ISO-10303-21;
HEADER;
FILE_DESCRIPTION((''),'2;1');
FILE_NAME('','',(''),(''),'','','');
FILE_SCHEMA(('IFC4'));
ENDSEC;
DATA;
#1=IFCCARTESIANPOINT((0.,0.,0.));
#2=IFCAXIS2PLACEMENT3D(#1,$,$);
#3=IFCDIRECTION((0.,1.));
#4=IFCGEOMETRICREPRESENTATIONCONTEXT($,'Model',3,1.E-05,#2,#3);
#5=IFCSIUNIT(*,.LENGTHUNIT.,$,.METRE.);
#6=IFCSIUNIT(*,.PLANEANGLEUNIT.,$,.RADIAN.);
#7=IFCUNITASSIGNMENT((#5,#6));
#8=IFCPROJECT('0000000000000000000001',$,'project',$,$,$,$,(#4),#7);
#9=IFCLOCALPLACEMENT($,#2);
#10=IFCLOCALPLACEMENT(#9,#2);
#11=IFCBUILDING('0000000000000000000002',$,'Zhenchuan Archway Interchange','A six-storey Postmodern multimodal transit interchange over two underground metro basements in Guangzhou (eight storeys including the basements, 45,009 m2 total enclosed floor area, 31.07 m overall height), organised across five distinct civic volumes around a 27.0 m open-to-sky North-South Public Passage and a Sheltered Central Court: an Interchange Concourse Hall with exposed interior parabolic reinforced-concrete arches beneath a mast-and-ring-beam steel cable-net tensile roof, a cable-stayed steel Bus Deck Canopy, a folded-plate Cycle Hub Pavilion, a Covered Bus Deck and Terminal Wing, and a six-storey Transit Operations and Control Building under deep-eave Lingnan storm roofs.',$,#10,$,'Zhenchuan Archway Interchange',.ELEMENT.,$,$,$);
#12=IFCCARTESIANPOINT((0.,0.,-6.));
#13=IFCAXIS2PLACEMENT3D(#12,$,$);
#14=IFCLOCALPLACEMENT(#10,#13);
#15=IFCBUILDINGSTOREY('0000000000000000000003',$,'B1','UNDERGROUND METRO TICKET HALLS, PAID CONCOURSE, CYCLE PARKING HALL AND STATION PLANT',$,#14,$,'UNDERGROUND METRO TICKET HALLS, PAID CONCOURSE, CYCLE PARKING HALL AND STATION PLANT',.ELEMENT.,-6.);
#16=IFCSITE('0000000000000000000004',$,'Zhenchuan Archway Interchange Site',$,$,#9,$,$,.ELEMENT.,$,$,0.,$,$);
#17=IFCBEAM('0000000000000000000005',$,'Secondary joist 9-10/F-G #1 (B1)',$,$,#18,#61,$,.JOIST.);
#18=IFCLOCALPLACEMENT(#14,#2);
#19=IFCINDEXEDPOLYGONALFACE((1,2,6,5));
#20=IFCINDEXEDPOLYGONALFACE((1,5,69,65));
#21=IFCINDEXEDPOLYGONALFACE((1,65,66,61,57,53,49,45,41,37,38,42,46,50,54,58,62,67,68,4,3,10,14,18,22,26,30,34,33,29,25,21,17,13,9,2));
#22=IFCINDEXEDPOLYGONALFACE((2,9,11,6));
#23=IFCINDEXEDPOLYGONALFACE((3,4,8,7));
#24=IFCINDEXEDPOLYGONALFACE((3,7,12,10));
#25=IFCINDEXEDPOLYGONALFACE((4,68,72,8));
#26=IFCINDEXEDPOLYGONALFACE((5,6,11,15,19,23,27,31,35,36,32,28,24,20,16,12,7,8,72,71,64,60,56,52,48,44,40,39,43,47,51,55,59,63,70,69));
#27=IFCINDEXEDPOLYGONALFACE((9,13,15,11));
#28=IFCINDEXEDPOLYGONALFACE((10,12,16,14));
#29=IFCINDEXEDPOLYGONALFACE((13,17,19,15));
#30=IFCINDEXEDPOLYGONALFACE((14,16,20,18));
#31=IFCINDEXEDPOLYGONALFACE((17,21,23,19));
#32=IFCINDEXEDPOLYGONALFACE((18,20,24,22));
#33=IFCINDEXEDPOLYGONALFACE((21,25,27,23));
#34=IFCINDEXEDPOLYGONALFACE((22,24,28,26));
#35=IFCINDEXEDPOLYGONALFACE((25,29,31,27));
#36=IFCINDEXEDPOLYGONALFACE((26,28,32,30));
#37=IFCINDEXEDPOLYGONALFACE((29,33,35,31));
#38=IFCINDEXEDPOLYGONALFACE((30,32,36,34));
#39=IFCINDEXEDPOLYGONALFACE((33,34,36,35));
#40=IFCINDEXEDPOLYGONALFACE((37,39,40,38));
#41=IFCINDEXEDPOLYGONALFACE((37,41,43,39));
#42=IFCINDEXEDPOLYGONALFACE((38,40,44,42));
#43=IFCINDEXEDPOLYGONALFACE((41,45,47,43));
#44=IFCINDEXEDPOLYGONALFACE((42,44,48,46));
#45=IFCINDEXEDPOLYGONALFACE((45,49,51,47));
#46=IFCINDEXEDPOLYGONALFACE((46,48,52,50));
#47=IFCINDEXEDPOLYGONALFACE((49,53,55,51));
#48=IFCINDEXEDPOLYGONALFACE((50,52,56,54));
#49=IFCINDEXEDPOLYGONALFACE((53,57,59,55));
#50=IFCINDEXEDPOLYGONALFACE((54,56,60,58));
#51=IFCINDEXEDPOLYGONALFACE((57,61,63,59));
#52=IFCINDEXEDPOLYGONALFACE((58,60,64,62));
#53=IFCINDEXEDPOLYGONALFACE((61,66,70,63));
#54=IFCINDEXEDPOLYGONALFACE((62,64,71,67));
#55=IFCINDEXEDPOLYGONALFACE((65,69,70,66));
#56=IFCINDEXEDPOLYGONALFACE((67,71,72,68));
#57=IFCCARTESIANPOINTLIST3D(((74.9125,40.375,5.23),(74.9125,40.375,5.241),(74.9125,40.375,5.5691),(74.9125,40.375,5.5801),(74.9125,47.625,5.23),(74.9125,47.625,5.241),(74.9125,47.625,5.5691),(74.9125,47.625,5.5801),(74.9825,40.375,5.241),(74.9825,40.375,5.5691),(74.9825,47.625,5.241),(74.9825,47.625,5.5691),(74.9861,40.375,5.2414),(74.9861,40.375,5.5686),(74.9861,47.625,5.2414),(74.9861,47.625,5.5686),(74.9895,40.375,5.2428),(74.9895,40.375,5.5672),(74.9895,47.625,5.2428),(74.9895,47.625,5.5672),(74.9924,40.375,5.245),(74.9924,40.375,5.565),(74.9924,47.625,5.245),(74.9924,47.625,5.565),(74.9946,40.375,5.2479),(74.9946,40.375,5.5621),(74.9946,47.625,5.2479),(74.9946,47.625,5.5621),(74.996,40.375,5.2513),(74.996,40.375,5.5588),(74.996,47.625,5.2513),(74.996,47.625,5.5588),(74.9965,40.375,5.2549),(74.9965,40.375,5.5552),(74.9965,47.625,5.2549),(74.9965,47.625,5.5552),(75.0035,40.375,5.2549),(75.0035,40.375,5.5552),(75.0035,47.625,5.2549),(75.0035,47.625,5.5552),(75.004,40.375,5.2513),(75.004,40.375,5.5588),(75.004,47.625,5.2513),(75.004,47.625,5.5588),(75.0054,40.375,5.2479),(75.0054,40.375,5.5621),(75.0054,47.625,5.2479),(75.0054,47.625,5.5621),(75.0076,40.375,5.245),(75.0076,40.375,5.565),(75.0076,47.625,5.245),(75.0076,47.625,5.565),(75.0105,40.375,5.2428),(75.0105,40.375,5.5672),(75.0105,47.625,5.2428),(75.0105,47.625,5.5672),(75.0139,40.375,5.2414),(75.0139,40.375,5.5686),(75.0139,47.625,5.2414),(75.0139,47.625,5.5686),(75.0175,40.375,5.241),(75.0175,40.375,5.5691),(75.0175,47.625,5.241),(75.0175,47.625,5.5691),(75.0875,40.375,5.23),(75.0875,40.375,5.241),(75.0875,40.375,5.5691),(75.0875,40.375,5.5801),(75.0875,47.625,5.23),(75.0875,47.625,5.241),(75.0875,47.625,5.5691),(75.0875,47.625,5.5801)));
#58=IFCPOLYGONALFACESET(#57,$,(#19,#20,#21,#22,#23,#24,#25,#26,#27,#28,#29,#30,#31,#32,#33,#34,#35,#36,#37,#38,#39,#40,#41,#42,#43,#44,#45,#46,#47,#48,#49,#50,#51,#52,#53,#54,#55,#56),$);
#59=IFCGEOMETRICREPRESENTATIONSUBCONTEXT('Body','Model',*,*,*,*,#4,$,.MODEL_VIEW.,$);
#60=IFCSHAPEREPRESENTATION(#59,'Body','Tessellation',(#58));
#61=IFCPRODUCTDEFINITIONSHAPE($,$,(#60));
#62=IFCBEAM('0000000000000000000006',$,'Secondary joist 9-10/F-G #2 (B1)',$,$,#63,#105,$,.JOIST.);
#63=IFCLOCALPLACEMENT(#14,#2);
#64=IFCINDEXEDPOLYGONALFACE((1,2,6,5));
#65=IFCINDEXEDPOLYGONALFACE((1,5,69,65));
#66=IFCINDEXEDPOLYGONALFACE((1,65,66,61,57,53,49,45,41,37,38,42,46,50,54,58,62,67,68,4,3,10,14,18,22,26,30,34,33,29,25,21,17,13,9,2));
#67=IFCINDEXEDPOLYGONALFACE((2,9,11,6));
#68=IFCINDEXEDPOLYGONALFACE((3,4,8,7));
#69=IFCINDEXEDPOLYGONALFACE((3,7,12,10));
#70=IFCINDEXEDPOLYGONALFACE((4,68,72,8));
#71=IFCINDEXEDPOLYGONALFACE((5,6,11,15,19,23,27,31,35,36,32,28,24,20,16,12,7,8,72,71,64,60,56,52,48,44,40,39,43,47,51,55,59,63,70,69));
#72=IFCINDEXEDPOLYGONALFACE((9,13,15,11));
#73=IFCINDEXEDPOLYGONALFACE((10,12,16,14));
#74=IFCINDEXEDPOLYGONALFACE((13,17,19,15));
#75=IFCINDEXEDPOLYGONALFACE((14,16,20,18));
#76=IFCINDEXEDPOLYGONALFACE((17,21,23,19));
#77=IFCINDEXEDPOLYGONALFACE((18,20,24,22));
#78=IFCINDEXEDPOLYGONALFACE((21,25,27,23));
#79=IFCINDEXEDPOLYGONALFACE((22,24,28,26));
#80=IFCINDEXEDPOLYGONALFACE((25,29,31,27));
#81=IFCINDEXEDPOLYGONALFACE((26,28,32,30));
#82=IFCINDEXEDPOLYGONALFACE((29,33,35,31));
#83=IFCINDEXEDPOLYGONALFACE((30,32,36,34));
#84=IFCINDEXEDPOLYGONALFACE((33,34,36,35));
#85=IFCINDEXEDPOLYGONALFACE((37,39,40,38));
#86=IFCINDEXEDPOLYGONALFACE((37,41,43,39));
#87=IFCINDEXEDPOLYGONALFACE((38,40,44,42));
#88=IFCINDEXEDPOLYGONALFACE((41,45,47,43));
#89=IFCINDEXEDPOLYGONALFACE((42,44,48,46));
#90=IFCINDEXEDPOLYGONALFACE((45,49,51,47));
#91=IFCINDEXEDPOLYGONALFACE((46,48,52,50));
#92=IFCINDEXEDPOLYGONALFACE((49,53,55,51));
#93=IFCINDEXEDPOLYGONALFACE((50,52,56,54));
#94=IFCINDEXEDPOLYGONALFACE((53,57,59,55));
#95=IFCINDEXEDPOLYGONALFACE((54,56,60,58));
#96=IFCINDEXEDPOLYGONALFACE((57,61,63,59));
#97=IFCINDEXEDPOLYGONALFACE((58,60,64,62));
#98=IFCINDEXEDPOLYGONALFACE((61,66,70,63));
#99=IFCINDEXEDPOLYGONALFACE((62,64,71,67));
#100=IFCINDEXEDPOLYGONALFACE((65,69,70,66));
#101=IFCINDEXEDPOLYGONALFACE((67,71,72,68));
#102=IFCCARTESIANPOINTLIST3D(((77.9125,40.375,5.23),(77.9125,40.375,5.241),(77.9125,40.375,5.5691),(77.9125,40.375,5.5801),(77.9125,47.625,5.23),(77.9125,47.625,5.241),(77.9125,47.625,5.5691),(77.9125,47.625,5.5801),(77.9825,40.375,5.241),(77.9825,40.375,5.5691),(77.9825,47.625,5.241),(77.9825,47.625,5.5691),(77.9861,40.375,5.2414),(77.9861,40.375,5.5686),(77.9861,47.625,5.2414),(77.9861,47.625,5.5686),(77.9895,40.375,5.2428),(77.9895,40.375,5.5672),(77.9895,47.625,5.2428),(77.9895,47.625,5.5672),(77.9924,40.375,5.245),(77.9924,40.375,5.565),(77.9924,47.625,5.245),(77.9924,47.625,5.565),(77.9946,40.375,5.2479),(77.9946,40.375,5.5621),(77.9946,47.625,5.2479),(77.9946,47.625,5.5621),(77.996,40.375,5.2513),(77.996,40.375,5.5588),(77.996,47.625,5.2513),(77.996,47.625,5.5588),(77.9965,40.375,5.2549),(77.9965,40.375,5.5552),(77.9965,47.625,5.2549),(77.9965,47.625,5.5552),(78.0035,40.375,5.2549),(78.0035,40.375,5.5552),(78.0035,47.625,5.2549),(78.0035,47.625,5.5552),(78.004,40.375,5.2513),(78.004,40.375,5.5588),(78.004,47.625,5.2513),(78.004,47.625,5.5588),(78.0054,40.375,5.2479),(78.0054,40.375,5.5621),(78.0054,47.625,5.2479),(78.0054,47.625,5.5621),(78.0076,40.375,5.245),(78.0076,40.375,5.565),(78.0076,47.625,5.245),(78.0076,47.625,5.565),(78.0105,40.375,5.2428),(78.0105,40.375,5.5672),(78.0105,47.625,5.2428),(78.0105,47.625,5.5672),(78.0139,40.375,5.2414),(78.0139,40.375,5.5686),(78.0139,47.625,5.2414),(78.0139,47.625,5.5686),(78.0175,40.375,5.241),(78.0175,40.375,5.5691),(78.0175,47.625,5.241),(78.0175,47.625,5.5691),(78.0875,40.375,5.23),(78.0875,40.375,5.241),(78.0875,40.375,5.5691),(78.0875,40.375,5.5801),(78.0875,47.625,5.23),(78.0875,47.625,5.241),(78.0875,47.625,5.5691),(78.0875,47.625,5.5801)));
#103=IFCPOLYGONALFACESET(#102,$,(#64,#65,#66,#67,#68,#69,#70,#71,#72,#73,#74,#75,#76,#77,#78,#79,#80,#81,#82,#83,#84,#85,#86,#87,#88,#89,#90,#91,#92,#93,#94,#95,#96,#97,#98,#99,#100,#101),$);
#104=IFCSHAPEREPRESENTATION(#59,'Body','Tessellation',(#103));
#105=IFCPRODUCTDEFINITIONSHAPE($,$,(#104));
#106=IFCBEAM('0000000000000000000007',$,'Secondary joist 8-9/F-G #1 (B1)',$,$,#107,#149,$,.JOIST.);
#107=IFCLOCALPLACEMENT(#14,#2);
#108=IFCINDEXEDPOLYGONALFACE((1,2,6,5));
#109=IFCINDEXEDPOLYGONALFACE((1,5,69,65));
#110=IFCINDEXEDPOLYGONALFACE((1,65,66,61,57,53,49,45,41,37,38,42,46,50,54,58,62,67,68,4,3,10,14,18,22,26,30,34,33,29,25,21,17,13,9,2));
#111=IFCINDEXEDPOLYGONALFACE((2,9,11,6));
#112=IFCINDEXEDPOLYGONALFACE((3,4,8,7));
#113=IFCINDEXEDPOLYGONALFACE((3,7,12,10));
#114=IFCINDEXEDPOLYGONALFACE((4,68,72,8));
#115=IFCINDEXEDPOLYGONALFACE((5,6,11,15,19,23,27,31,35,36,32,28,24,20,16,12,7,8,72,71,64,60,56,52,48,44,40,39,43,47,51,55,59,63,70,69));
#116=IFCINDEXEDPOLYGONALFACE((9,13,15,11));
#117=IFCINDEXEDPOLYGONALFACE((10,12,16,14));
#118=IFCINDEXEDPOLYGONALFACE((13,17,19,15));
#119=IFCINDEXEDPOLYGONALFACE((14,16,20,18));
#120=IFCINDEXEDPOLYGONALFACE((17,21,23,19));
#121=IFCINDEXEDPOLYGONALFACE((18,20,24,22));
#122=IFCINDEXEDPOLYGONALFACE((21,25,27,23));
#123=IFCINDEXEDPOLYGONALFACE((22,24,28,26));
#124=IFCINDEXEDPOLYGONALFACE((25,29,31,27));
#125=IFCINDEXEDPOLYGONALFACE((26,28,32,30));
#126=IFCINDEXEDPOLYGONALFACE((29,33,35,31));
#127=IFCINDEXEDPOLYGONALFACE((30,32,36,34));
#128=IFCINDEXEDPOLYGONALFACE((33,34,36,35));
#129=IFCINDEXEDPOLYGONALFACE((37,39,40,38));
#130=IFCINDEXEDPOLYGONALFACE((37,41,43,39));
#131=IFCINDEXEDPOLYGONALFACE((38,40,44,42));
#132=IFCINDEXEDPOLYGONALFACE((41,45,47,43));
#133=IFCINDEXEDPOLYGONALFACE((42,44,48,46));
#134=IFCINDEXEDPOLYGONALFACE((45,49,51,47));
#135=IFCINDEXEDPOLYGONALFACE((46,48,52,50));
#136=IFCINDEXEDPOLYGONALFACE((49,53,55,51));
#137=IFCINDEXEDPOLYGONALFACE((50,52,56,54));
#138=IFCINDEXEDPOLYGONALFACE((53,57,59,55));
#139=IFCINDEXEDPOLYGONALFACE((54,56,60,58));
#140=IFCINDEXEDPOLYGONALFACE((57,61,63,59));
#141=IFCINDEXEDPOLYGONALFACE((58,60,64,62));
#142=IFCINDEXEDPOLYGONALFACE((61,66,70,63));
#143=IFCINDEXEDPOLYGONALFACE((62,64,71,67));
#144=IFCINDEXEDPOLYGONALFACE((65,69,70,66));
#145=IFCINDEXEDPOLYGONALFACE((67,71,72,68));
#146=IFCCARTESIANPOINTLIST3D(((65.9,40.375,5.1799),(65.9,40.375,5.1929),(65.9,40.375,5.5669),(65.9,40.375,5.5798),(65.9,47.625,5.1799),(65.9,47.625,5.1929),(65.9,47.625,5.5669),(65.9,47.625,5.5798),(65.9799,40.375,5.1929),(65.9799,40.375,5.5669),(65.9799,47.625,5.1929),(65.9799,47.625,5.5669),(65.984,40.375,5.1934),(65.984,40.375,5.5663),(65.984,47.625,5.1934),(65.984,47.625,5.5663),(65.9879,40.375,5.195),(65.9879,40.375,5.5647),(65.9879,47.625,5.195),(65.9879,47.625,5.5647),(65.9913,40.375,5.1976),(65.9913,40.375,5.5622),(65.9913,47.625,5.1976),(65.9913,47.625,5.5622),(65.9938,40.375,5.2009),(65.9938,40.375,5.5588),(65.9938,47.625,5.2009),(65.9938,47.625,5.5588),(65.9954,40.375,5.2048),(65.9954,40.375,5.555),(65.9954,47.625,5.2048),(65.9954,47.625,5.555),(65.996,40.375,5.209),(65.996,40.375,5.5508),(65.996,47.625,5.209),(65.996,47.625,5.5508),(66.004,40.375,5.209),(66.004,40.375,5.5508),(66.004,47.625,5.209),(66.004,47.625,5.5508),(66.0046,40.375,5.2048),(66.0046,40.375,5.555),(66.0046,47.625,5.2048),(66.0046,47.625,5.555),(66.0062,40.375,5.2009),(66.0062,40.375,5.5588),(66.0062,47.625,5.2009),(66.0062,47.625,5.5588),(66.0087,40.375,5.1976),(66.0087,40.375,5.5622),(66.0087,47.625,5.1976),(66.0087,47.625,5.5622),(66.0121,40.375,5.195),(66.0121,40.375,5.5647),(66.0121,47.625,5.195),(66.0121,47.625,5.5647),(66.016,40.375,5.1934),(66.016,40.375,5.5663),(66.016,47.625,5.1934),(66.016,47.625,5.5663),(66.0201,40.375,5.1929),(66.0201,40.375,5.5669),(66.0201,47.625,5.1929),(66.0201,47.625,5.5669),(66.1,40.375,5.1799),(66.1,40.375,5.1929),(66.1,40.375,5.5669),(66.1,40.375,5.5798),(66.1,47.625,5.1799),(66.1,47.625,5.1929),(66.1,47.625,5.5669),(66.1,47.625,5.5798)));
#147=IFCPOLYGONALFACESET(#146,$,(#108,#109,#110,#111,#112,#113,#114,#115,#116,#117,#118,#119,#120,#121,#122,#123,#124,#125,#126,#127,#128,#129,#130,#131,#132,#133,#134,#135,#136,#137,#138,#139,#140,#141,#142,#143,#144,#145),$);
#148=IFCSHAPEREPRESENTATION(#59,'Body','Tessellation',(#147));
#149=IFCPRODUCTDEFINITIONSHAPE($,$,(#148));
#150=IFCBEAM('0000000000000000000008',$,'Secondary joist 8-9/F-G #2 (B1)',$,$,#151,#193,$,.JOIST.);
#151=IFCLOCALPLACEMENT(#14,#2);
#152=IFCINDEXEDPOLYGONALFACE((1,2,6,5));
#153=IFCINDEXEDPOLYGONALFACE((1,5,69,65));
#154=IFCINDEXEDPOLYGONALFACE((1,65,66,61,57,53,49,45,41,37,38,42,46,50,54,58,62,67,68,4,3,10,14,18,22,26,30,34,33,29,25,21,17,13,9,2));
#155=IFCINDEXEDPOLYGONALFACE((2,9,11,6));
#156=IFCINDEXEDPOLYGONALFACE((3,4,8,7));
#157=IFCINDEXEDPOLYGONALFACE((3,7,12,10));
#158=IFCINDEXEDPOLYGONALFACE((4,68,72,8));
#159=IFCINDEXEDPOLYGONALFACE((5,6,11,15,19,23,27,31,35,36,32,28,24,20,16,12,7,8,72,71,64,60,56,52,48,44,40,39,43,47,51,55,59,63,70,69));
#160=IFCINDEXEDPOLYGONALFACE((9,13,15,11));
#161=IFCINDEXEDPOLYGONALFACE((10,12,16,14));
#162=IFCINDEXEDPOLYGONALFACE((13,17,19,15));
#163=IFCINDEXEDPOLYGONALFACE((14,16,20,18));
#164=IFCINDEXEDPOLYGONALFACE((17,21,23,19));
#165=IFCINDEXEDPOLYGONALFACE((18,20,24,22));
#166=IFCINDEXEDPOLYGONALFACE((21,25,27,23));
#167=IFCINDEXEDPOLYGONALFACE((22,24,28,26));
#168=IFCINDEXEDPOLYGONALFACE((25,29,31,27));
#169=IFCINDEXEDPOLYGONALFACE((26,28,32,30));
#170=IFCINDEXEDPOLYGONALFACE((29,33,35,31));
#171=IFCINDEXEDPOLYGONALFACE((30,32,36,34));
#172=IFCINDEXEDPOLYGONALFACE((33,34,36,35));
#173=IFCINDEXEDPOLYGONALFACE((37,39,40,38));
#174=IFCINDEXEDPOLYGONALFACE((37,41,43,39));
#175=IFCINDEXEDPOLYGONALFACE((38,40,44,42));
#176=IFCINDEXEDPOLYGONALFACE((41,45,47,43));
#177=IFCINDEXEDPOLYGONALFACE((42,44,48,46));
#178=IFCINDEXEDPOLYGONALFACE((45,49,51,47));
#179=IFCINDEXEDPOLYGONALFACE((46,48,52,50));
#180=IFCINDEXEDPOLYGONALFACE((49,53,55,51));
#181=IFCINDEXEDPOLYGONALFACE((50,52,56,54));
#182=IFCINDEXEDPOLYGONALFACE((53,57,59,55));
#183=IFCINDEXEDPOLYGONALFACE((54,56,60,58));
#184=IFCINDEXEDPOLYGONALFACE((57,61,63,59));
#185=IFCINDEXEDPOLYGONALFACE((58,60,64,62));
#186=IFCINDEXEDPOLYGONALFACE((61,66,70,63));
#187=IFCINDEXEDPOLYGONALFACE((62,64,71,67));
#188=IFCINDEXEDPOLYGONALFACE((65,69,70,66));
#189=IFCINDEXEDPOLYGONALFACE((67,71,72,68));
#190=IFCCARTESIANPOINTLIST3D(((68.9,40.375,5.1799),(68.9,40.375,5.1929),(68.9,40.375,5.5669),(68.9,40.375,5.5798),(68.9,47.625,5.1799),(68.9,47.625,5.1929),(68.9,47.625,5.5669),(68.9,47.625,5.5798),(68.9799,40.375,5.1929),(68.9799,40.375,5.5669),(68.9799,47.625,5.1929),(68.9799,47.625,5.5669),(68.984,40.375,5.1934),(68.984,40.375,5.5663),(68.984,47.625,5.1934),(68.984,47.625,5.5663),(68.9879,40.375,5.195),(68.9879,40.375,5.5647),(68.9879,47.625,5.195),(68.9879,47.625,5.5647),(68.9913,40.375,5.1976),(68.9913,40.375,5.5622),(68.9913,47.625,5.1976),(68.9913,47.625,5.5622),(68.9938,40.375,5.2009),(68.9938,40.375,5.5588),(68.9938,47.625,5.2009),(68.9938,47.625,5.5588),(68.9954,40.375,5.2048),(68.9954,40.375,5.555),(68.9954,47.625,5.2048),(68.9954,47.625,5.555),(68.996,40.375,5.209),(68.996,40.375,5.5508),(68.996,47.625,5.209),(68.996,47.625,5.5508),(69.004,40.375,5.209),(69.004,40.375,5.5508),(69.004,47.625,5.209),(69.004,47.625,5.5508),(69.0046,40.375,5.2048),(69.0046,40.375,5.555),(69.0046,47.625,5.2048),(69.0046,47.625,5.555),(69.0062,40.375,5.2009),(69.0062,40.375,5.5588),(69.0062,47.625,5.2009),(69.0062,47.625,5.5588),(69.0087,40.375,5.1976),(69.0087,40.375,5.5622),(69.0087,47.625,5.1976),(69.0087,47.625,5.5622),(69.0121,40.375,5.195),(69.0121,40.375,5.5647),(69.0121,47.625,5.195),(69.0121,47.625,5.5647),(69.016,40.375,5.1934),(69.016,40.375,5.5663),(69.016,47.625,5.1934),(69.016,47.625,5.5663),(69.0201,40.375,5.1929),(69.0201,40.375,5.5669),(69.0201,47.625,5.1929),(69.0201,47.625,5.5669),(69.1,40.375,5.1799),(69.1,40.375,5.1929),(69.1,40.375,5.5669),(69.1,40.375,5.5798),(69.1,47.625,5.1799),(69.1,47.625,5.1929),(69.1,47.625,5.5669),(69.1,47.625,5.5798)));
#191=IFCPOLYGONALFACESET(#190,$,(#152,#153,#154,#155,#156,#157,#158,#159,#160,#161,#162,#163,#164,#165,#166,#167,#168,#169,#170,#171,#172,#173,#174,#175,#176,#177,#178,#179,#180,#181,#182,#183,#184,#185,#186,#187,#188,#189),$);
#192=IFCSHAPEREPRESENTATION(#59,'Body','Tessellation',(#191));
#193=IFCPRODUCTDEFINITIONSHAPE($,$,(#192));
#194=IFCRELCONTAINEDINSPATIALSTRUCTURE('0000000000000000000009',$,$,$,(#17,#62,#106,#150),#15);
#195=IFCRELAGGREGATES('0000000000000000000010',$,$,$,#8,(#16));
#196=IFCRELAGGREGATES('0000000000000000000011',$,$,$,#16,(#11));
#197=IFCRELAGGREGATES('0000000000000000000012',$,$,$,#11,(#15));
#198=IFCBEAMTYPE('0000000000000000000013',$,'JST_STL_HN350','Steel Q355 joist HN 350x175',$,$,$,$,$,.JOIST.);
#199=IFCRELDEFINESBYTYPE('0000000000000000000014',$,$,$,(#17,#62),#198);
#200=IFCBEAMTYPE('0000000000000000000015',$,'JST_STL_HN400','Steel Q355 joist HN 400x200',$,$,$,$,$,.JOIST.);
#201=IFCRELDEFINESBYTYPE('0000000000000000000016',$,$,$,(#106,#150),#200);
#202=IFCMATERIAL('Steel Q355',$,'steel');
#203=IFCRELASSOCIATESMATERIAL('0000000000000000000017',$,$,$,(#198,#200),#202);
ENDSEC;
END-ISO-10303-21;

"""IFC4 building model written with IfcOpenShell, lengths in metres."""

from ifc_helpers import new_model, si_unit, direction, frame, origin, origin_2d, place, context, subcontext, project, spatial, i_section, extrude, material, material_profile, profile_set, type_object, element, save


model = new_model("IFC4")

# Units and contexts
model_context = context("Model", 3, precision=1e-05, world=origin(), true_north=direction((0.0, 1.0)))
body_context = subcontext(model_context, "Body", "Model", "MODEL_VIEW")
ifc_project = project(units=[si_unit("LENGTHUNIT", "METRE"), si_unit("PLANEANGLEUNIT", "RADIAN")], contexts=[model_context])

# Site, building, storey
site_placement = place(None, origin())
site = spatial("IfcSite", under=ifc_project, at=site_placement, Name="Zhenchuan Archway Interchange Site", CompositionType="ELEMENT", RefElevation=0.0)
building_placement = place(site_placement, origin())
building = spatial("IfcBuilding", under=site, at=building_placement, Name="Zhenchuan Archway Interchange", Description="A six-storey Postmodern multimodal transit interchange over two underground metro basements in Guangzhou (eight storeys including the basements, 45,009 m2 total enclosed floor area, 31.07 m overall height), organised across five distinct civic volumes around a 27.0 m open-to-sky North-South Public Passage and a Sheltered Central Court: an Interchange Concourse Hall with exposed interior parabolic reinforced-concrete arches beneath a mast-and-ring-beam steel cable-net tensile roof, a cable-stayed steel Bus Deck Canopy, a folded-plate Cycle Hub Pavilion, a Covered Bus Deck and Terminal Wing, and a six-storey Transit Operations and Control Building under deep-eave Lingnan storm roofs.", LongName="Zhenchuan Archway Interchange", CompositionType="ELEMENT")
storey_placement = place(building_placement, frame((0.0, 0.0, -6.0)))
storey = spatial("IfcBuildingStorey", under=building, at=storey_placement, Name="B1", Description="UNDERGROUND METRO TICKET HALLS, PAID CONCOURSE, CYCLE PARKING HALL AND STATION PLANT", LongName="UNDERGROUND METRO TICKET HALLS, PAID CONCOURSE, CYCLE PARKING HALL AND STATION PLANT", CompositionType="ELEMENT", Elevation=-6.0)

# Beams
ifc_material_1 = material(Name="Steel Q355", Category="steel")
ifc_material_profile_1 = material_profile(ifc_material_1, i_section(OverallWidth=0.175, OverallDepth=0.3501, WebThickness=0.0071, FlangeThickness=0.011, FilletRadius=0.0139, at=origin_2d()), Name="HN 350x175")
ifc_profile_set_1 = profile_set([ifc_material_profile_1], Name="Steel Q355")
beam_type_1 = type_object("IfcBeamType", Name="JST_STL_HN350", Description="Steel Q355 joist HN 350x175", PredefinedType="JOIST", material=ifc_profile_set_1)
for number, where, z_axis, x_axis, name in (
    (1, (75.0, 40.375, 5.405), (0.0, 1.0, 0.0), (-1.0, 0.0, 0.0), "Secondary joist 9-10/F-G #1 (B1)"),
    (2, (78.0, 40.375, 5.405), (0.0, 1.0, 0.0), (-1.0, 0.0, 0.0), "Secondary joist 9-10/F-G #2 (B1)"),
):
    element("IfcBeam", number, at=place(storey_placement, frame(where, z_axis=z_axis, x_axis=x_axis)), inside=storey, type_object=beam_type_1, Name=name, PredefinedType="JOIST", context=body_context, shape_type="SweptSolid", body=[
        extrude(i_section(OverallWidth=0.175, OverallDepth=0.3501, WebThickness=0.0071, FlangeThickness=0.011, FilletRadius=0.0139, at=origin_2d()), origin(), (0.0, 0.0, 1.0), 7.25),
    ])
ifc_material_profile_2 = material_profile(ifc_material_1, i_section(OverallWidth=0.2, OverallDepth=0.3999, WebThickness=0.0081, FlangeThickness=0.0129, FilletRadius=0.0161, at=origin_2d()), Name="HN 400x200")
ifc_profile_set_2 = profile_set([ifc_material_profile_2], Name="Steel Q355")
beam_type_2 = type_object("IfcBeamType", Name="JST_STL_HN400", Description="Steel Q355 joist HN 400x200", PredefinedType="JOIST", material=ifc_profile_set_2)
for number, where, z_axis, x_axis, name in (
    (3, (66.0, 40.375, 5.3799), (0.0, 1.0, 0.0), (-1.0, 0.0, 0.0), "Secondary joist 8-9/F-G #1 (B1)"),
    (4, (69.0, 40.375, 5.3799), (0.0, 1.0, 0.0), (-1.0, 0.0, 0.0), "Secondary joist 8-9/F-G #2 (B1)"),
):
    element("IfcBeam", number, at=place(storey_placement, frame(where, z_axis=z_axis, x_axis=x_axis)), inside=storey, type_object=beam_type_2, Name=name, PredefinedType="JOIST", context=body_context, shape_type="SweptSolid", body=[
        extrude(i_section(OverallWidth=0.2, OverallDepth=0.3999, WebThickness=0.0081, FlangeThickness=0.0129, FilletRadius=0.0161, at=origin_2d()), origin(), (0.0, 0.0, 1.0), 7.25),
    ])

save(model, "model.ifc")
